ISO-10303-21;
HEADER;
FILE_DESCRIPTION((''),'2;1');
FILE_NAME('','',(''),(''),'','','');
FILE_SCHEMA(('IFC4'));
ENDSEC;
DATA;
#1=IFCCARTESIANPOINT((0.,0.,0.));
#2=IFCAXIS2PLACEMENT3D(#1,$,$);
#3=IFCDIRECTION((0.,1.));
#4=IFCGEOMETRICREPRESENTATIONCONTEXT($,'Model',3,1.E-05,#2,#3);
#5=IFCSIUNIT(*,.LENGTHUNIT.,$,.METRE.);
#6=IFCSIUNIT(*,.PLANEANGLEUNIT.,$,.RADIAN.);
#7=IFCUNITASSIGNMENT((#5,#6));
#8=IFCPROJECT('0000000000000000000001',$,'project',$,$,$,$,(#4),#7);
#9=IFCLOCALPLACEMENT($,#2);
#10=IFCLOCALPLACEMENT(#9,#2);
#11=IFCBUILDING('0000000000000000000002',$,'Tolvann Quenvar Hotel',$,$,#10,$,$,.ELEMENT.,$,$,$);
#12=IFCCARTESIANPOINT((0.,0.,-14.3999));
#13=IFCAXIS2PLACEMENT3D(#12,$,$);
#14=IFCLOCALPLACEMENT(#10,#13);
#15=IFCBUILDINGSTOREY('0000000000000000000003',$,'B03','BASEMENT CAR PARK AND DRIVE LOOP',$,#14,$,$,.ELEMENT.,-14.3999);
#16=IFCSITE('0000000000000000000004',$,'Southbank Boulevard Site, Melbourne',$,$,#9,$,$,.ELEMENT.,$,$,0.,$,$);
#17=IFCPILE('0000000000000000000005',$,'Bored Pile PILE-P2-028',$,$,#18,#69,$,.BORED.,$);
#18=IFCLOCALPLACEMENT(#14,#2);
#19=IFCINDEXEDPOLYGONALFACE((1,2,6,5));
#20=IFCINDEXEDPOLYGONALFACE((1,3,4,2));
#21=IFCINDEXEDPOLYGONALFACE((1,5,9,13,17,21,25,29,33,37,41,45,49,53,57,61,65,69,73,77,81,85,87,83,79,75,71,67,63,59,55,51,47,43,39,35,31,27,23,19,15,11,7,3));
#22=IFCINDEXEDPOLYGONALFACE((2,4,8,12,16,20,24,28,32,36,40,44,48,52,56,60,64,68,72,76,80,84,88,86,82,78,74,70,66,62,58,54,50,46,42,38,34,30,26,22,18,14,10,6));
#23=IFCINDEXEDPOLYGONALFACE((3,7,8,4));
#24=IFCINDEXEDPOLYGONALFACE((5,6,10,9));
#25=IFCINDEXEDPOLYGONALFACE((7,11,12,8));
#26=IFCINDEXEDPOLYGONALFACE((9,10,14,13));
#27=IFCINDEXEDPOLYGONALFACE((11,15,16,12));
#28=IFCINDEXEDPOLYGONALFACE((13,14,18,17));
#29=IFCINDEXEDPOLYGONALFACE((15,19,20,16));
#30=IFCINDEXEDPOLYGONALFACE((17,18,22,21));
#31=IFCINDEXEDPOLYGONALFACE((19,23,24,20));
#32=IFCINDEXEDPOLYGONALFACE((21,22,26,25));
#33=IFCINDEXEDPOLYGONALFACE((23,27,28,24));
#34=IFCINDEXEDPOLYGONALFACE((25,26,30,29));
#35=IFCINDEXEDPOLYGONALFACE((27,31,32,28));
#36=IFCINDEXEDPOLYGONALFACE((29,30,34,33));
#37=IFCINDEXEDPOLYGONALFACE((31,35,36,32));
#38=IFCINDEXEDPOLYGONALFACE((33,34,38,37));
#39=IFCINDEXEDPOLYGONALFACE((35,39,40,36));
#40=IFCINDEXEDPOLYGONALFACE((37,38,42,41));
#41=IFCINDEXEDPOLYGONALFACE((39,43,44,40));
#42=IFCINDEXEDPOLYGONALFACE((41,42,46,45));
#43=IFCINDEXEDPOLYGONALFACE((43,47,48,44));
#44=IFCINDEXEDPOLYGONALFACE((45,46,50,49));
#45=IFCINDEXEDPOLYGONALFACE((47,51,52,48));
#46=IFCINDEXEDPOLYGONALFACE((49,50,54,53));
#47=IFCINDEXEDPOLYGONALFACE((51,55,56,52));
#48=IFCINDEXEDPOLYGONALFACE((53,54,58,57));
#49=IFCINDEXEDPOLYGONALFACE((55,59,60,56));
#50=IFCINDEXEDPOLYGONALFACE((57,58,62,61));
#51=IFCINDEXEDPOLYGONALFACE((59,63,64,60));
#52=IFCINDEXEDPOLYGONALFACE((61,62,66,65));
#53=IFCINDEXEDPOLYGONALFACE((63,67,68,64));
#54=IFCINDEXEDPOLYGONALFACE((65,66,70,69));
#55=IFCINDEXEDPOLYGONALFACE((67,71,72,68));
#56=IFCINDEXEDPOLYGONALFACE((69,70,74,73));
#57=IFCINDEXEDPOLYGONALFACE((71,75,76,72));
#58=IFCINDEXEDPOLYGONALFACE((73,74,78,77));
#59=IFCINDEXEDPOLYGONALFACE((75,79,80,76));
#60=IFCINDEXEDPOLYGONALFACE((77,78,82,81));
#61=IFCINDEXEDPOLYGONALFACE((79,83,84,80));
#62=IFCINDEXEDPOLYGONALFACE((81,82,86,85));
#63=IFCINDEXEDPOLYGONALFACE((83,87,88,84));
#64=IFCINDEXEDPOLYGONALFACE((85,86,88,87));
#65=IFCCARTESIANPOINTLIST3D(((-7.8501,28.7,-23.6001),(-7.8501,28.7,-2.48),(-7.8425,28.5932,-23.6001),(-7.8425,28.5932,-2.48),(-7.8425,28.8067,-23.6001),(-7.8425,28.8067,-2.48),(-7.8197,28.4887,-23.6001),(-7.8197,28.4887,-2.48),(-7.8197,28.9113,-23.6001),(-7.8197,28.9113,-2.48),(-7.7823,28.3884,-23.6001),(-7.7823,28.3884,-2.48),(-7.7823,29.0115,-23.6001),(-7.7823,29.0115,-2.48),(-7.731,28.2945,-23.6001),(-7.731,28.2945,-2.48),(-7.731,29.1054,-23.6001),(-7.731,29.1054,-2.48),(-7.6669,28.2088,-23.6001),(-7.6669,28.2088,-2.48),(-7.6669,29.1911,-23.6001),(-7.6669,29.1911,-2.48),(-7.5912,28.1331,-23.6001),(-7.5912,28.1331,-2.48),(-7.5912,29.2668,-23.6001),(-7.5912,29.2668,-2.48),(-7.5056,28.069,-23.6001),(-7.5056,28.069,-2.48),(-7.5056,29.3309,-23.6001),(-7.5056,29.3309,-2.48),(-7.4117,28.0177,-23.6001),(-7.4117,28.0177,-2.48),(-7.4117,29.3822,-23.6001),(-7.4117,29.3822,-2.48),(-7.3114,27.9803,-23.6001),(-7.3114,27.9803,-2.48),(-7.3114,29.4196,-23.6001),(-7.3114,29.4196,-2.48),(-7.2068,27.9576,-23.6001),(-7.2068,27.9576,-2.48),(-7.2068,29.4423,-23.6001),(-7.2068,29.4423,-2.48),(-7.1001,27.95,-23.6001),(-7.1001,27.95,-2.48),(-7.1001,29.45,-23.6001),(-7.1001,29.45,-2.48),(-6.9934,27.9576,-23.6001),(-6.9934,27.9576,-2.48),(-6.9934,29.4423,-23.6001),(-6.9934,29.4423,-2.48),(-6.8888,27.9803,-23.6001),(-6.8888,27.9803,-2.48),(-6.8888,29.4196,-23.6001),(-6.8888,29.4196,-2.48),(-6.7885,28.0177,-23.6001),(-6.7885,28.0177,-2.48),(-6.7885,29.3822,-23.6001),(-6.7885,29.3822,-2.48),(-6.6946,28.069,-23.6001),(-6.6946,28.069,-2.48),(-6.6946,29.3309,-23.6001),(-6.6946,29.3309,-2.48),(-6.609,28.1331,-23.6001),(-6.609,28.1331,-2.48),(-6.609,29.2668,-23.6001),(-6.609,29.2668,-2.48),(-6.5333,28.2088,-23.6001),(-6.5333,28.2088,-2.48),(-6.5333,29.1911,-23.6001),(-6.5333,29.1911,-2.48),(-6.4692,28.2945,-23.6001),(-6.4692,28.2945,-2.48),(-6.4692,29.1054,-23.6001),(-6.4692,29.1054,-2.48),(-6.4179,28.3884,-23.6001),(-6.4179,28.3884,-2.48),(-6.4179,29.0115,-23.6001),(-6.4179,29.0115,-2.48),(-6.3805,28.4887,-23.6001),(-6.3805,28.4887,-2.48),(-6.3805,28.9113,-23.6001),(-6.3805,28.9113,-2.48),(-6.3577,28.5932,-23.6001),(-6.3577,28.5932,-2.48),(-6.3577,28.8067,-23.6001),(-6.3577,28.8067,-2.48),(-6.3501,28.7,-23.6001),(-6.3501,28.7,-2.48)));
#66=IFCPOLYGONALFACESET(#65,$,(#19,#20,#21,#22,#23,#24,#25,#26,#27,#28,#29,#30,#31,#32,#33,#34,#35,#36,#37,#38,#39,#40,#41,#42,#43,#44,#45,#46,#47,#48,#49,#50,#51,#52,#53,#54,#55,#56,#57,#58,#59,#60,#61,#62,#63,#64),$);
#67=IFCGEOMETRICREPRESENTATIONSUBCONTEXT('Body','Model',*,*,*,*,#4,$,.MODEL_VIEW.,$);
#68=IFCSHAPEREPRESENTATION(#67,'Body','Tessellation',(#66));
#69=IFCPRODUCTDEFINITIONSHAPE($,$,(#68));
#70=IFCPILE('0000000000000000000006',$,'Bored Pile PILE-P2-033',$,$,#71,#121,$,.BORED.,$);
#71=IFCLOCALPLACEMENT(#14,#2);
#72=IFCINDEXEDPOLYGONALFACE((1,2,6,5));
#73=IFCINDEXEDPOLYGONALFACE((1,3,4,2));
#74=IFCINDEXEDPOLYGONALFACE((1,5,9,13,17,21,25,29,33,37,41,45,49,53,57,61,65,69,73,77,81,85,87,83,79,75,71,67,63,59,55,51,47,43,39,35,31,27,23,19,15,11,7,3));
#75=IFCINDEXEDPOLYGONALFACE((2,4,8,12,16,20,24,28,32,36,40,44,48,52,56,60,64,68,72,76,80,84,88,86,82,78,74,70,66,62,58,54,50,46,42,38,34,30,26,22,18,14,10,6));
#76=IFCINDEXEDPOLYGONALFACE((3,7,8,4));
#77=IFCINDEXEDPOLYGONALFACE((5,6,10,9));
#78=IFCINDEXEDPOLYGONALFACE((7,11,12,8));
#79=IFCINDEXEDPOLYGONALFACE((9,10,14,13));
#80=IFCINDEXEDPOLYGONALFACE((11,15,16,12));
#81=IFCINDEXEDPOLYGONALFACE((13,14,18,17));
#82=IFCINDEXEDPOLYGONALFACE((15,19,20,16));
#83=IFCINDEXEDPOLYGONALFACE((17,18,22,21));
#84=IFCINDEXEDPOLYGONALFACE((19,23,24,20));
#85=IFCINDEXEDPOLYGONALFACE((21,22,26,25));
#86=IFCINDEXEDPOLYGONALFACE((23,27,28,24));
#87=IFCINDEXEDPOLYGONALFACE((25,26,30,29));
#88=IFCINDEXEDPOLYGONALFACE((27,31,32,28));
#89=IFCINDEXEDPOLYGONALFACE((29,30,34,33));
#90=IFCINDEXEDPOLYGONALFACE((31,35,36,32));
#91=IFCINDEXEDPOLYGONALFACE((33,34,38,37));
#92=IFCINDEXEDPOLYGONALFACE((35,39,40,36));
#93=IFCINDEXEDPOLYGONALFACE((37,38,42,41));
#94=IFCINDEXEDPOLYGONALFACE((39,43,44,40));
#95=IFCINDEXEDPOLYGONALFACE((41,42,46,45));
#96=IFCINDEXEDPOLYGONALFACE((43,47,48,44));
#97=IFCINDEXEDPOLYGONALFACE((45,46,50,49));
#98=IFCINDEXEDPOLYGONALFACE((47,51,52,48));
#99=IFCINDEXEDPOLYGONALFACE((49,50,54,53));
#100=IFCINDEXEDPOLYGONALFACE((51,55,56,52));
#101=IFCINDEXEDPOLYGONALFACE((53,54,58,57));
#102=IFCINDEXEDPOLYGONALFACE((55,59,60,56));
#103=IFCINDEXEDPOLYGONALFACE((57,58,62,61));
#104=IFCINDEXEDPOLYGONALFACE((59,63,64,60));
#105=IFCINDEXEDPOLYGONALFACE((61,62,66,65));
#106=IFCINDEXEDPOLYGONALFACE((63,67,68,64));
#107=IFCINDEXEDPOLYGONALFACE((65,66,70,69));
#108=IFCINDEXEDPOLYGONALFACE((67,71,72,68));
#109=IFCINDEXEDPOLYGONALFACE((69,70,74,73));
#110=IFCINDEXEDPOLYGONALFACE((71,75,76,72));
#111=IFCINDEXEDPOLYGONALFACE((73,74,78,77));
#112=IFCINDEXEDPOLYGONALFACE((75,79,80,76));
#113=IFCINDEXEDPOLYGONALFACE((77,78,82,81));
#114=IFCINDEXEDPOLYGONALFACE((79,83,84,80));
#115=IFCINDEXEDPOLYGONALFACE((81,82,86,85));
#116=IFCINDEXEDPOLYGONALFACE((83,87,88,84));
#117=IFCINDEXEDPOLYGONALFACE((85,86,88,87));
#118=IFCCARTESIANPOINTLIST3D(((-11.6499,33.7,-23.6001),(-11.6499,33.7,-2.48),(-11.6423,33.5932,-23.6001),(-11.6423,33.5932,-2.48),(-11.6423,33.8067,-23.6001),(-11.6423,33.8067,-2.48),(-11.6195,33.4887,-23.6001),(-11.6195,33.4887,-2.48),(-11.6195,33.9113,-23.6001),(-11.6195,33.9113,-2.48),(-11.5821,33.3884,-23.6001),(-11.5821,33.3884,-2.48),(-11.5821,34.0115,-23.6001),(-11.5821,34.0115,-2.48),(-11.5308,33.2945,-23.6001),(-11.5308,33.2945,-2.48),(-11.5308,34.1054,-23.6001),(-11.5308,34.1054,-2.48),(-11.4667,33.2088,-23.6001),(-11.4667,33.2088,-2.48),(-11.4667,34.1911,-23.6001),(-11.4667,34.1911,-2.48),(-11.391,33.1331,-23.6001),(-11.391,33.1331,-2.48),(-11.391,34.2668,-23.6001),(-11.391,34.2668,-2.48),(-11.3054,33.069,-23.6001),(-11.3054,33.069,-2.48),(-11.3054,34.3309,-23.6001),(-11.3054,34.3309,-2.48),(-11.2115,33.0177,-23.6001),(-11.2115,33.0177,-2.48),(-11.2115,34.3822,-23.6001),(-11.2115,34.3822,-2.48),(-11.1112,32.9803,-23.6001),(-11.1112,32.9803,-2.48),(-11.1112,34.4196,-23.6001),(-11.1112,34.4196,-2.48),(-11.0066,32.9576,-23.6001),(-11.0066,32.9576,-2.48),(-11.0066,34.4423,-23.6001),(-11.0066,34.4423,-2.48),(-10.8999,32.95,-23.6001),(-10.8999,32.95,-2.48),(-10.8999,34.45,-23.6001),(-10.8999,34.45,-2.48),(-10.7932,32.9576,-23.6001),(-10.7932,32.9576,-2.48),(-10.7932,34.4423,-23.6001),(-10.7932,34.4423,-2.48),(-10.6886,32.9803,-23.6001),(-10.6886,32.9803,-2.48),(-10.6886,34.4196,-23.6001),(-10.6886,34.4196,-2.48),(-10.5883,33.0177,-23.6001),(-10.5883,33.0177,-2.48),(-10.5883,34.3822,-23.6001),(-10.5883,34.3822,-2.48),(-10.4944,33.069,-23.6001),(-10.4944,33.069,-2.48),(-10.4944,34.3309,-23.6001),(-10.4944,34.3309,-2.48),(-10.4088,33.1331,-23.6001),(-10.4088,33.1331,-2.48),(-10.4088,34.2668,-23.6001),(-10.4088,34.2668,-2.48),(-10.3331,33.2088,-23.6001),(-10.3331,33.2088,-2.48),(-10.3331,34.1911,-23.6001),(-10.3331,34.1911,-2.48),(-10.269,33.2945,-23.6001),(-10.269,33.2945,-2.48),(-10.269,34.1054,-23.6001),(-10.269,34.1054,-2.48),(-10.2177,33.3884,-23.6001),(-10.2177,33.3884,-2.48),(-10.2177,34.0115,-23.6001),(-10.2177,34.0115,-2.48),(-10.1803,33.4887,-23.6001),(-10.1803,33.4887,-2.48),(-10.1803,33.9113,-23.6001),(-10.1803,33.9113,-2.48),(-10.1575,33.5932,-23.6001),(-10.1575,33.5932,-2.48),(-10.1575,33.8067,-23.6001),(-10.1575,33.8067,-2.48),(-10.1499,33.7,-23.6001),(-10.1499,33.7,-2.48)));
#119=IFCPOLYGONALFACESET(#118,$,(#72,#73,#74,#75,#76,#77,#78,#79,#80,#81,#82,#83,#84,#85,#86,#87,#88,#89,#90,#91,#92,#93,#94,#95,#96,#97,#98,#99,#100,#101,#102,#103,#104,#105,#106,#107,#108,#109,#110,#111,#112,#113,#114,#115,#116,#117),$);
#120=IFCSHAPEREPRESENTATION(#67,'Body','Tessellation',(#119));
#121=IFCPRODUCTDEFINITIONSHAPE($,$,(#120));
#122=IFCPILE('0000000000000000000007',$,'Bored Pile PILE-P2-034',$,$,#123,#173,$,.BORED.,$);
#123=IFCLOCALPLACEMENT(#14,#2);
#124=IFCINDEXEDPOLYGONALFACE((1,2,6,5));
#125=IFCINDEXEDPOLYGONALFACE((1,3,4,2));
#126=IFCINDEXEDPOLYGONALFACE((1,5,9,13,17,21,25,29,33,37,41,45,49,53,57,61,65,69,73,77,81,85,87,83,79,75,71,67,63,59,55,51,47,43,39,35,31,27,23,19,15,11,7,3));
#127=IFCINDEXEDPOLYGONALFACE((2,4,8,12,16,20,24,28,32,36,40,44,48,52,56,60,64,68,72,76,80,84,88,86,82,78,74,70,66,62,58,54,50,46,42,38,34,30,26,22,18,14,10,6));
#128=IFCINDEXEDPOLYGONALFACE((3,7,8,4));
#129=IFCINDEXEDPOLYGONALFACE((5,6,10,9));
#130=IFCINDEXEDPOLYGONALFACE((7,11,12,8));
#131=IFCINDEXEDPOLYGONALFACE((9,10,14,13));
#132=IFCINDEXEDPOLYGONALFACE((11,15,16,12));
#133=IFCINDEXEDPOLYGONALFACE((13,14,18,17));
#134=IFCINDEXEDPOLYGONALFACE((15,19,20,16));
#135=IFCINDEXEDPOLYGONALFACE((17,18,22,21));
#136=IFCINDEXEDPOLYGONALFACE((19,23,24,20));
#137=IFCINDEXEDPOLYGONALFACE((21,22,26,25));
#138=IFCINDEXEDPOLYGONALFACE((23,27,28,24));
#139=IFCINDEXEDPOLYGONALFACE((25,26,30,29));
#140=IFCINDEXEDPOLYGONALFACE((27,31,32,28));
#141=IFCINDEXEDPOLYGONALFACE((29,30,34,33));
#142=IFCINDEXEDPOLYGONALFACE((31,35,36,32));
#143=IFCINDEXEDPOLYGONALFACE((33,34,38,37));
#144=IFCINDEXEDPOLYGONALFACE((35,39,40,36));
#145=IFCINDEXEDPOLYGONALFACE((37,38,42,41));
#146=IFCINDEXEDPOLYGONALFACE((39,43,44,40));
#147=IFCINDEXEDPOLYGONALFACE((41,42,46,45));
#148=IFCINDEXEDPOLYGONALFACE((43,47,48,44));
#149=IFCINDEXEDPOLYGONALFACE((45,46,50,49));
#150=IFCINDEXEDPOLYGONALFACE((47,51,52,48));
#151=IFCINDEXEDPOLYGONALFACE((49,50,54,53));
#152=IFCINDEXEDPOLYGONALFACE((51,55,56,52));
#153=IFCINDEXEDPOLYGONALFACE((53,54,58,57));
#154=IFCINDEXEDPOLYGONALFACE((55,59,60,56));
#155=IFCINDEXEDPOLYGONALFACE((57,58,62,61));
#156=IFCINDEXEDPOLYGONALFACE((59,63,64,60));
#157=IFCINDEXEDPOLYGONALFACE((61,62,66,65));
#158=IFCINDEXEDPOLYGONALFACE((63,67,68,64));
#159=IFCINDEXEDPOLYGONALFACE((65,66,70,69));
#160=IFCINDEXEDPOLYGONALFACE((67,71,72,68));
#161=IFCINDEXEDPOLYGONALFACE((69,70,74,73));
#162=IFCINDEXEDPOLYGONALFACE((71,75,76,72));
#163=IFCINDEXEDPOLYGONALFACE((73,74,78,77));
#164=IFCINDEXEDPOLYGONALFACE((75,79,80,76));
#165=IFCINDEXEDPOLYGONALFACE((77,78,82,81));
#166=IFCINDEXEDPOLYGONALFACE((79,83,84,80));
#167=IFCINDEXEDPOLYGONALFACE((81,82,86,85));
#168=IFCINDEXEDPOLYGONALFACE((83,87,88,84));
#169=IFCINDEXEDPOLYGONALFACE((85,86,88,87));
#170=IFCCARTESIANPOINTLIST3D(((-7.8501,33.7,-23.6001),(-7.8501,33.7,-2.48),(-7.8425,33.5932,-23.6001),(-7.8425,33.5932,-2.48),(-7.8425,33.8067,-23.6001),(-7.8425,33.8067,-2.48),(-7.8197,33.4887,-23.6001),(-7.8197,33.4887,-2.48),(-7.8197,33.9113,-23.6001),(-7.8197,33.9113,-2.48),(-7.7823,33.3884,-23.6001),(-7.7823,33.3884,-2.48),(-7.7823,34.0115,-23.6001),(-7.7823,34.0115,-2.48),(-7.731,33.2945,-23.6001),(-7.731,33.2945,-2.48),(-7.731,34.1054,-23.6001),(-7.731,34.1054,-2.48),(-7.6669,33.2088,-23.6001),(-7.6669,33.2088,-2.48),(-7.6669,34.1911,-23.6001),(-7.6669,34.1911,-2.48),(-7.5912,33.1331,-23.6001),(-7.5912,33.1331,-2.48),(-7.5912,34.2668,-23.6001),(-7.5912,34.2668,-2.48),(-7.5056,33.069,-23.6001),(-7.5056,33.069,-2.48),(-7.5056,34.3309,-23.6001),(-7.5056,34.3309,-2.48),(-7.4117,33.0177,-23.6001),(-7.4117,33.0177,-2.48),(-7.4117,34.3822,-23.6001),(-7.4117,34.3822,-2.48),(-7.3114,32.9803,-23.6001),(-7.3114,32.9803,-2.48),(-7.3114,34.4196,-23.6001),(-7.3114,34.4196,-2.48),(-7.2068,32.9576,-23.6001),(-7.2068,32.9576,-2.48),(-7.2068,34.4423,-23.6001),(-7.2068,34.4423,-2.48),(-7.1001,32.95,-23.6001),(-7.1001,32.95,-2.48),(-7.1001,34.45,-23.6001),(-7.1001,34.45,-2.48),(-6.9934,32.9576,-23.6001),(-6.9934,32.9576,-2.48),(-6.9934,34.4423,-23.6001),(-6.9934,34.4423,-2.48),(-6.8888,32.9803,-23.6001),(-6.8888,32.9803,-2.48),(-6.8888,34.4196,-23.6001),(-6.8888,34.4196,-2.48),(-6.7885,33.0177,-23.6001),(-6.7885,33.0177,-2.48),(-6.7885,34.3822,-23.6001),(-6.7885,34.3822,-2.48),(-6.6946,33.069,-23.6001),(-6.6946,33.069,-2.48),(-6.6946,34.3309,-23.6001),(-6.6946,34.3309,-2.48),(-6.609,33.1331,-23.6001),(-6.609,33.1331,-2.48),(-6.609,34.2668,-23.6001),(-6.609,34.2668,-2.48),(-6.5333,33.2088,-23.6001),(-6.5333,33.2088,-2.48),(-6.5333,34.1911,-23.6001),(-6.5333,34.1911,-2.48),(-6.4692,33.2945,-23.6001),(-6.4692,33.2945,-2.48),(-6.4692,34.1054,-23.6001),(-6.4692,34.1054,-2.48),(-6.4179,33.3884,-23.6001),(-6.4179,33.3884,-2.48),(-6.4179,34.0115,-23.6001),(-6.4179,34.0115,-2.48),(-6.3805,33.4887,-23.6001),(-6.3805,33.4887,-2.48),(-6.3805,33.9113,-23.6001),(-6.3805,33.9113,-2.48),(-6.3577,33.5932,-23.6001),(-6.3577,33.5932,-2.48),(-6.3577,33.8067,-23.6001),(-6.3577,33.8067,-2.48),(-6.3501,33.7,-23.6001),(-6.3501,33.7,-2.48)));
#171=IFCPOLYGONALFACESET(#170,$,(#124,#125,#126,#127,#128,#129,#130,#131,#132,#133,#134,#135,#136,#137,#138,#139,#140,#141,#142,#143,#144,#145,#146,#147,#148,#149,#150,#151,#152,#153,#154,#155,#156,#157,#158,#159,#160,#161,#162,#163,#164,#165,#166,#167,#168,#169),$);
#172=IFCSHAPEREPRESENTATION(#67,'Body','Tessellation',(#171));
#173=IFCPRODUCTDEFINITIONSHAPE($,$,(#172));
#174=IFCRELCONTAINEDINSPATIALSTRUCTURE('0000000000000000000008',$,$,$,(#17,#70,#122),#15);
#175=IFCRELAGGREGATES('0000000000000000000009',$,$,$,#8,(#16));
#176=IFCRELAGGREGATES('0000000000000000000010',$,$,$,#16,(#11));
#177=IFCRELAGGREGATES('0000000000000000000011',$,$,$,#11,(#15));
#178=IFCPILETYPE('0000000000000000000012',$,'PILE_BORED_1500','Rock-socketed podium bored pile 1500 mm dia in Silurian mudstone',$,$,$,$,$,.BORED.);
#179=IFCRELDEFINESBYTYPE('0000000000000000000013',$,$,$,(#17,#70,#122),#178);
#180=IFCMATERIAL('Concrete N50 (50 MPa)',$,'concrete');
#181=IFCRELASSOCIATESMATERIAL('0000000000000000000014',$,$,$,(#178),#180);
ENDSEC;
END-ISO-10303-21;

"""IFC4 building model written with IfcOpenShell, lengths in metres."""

from ifc_helpers import new_model, si_unit, direction, frame, origin, origin_2d, place, context, subcontext, project, spatial, circle, extrude, material, material_profile, profile_set, type_object, element, save


model = new_model("IFC4")

# Units and contexts
model_context = context("Model", 3, precision=1e-05, world=origin(), true_north=direction((0.0, 1.0)))
body_context = subcontext(model_context, "Body", "Model", "MODEL_VIEW")
ifc_project = project(units=[si_unit("LENGTHUNIT", "METRE"), si_unit("PLANEANGLEUNIT", "RADIAN")], contexts=[model_context])

# Site, building, storey
site_placement = place(None, origin())
site = spatial("IfcSite", under=ifc_project, at=site_placement, Name="Southbank Boulevard Site, Melbourne", CompositionType="ELEMENT", RefElevation=0.0)
building_placement = place(site_placement, origin())
building = spatial("IfcBuilding", under=site, at=building_placement, Name="Tolvann Quenvar Hotel", CompositionType="ELEMENT")
storey_placement = place(building_placement, frame((0.0, 0.0, -14.3999)))
storey = spatial("IfcBuildingStorey", under=building, at=storey_placement, Name="B03", Description="BASEMENT CAR PARK AND DRIVE LOOP", CompositionType="ELEMENT", Elevation=-14.3999)

# Piles
ifc_material_1 = material(Name="Concrete N50 (50 MPa)", Category="concrete")
ifc_material_profile_1 = material_profile(ifc_material_1, circle(Radius=0.75, at=origin_2d()), Name="PILE1500")
ifc_profile_set_1 = profile_set([ifc_material_profile_1], Name="Concrete N50 (50 MPa)")
pile_type_1 = type_object("IfcPileType", Name="PILE_BORED_1500", Description="Rock-socketed podium bored pile 1500 mm dia in Silurian mudstone", PredefinedType="BORED", material=ifc_profile_set_1)
for number, where, z_axis, x_axis, name in (
    (1, (-7.1001, 28.7, -2.48), (0.0, 0.0, -1.0), (1.0, 0.0, 0.0), "Bored Pile PILE-P2-028"),
    (2, (-10.8999, 33.7, -2.48), (0.0, 0.0, -1.0), (1.0, 0.0, 0.0), "Bored Pile PILE-P2-033"),
    (3, (-7.1001, 33.7, -2.48), (0.0, 0.0, -1.0), (1.0, 0.0, 0.0), "Bored Pile PILE-P2-034"),
):
    element("IfcPile", number, at=place(storey_placement, frame(where, z_axis=z_axis, x_axis=x_axis)), inside=storey, type_object=pile_type_1, Name=name, PredefinedType="BORED", context=body_context, shape_type="SweptSolid", body=[
        extrude(circle(Radius=0.75, at=origin_2d()), origin(), (0.0, 0.0, 1.0), 21.1201),
    ])

save(model, "model.ifc")
